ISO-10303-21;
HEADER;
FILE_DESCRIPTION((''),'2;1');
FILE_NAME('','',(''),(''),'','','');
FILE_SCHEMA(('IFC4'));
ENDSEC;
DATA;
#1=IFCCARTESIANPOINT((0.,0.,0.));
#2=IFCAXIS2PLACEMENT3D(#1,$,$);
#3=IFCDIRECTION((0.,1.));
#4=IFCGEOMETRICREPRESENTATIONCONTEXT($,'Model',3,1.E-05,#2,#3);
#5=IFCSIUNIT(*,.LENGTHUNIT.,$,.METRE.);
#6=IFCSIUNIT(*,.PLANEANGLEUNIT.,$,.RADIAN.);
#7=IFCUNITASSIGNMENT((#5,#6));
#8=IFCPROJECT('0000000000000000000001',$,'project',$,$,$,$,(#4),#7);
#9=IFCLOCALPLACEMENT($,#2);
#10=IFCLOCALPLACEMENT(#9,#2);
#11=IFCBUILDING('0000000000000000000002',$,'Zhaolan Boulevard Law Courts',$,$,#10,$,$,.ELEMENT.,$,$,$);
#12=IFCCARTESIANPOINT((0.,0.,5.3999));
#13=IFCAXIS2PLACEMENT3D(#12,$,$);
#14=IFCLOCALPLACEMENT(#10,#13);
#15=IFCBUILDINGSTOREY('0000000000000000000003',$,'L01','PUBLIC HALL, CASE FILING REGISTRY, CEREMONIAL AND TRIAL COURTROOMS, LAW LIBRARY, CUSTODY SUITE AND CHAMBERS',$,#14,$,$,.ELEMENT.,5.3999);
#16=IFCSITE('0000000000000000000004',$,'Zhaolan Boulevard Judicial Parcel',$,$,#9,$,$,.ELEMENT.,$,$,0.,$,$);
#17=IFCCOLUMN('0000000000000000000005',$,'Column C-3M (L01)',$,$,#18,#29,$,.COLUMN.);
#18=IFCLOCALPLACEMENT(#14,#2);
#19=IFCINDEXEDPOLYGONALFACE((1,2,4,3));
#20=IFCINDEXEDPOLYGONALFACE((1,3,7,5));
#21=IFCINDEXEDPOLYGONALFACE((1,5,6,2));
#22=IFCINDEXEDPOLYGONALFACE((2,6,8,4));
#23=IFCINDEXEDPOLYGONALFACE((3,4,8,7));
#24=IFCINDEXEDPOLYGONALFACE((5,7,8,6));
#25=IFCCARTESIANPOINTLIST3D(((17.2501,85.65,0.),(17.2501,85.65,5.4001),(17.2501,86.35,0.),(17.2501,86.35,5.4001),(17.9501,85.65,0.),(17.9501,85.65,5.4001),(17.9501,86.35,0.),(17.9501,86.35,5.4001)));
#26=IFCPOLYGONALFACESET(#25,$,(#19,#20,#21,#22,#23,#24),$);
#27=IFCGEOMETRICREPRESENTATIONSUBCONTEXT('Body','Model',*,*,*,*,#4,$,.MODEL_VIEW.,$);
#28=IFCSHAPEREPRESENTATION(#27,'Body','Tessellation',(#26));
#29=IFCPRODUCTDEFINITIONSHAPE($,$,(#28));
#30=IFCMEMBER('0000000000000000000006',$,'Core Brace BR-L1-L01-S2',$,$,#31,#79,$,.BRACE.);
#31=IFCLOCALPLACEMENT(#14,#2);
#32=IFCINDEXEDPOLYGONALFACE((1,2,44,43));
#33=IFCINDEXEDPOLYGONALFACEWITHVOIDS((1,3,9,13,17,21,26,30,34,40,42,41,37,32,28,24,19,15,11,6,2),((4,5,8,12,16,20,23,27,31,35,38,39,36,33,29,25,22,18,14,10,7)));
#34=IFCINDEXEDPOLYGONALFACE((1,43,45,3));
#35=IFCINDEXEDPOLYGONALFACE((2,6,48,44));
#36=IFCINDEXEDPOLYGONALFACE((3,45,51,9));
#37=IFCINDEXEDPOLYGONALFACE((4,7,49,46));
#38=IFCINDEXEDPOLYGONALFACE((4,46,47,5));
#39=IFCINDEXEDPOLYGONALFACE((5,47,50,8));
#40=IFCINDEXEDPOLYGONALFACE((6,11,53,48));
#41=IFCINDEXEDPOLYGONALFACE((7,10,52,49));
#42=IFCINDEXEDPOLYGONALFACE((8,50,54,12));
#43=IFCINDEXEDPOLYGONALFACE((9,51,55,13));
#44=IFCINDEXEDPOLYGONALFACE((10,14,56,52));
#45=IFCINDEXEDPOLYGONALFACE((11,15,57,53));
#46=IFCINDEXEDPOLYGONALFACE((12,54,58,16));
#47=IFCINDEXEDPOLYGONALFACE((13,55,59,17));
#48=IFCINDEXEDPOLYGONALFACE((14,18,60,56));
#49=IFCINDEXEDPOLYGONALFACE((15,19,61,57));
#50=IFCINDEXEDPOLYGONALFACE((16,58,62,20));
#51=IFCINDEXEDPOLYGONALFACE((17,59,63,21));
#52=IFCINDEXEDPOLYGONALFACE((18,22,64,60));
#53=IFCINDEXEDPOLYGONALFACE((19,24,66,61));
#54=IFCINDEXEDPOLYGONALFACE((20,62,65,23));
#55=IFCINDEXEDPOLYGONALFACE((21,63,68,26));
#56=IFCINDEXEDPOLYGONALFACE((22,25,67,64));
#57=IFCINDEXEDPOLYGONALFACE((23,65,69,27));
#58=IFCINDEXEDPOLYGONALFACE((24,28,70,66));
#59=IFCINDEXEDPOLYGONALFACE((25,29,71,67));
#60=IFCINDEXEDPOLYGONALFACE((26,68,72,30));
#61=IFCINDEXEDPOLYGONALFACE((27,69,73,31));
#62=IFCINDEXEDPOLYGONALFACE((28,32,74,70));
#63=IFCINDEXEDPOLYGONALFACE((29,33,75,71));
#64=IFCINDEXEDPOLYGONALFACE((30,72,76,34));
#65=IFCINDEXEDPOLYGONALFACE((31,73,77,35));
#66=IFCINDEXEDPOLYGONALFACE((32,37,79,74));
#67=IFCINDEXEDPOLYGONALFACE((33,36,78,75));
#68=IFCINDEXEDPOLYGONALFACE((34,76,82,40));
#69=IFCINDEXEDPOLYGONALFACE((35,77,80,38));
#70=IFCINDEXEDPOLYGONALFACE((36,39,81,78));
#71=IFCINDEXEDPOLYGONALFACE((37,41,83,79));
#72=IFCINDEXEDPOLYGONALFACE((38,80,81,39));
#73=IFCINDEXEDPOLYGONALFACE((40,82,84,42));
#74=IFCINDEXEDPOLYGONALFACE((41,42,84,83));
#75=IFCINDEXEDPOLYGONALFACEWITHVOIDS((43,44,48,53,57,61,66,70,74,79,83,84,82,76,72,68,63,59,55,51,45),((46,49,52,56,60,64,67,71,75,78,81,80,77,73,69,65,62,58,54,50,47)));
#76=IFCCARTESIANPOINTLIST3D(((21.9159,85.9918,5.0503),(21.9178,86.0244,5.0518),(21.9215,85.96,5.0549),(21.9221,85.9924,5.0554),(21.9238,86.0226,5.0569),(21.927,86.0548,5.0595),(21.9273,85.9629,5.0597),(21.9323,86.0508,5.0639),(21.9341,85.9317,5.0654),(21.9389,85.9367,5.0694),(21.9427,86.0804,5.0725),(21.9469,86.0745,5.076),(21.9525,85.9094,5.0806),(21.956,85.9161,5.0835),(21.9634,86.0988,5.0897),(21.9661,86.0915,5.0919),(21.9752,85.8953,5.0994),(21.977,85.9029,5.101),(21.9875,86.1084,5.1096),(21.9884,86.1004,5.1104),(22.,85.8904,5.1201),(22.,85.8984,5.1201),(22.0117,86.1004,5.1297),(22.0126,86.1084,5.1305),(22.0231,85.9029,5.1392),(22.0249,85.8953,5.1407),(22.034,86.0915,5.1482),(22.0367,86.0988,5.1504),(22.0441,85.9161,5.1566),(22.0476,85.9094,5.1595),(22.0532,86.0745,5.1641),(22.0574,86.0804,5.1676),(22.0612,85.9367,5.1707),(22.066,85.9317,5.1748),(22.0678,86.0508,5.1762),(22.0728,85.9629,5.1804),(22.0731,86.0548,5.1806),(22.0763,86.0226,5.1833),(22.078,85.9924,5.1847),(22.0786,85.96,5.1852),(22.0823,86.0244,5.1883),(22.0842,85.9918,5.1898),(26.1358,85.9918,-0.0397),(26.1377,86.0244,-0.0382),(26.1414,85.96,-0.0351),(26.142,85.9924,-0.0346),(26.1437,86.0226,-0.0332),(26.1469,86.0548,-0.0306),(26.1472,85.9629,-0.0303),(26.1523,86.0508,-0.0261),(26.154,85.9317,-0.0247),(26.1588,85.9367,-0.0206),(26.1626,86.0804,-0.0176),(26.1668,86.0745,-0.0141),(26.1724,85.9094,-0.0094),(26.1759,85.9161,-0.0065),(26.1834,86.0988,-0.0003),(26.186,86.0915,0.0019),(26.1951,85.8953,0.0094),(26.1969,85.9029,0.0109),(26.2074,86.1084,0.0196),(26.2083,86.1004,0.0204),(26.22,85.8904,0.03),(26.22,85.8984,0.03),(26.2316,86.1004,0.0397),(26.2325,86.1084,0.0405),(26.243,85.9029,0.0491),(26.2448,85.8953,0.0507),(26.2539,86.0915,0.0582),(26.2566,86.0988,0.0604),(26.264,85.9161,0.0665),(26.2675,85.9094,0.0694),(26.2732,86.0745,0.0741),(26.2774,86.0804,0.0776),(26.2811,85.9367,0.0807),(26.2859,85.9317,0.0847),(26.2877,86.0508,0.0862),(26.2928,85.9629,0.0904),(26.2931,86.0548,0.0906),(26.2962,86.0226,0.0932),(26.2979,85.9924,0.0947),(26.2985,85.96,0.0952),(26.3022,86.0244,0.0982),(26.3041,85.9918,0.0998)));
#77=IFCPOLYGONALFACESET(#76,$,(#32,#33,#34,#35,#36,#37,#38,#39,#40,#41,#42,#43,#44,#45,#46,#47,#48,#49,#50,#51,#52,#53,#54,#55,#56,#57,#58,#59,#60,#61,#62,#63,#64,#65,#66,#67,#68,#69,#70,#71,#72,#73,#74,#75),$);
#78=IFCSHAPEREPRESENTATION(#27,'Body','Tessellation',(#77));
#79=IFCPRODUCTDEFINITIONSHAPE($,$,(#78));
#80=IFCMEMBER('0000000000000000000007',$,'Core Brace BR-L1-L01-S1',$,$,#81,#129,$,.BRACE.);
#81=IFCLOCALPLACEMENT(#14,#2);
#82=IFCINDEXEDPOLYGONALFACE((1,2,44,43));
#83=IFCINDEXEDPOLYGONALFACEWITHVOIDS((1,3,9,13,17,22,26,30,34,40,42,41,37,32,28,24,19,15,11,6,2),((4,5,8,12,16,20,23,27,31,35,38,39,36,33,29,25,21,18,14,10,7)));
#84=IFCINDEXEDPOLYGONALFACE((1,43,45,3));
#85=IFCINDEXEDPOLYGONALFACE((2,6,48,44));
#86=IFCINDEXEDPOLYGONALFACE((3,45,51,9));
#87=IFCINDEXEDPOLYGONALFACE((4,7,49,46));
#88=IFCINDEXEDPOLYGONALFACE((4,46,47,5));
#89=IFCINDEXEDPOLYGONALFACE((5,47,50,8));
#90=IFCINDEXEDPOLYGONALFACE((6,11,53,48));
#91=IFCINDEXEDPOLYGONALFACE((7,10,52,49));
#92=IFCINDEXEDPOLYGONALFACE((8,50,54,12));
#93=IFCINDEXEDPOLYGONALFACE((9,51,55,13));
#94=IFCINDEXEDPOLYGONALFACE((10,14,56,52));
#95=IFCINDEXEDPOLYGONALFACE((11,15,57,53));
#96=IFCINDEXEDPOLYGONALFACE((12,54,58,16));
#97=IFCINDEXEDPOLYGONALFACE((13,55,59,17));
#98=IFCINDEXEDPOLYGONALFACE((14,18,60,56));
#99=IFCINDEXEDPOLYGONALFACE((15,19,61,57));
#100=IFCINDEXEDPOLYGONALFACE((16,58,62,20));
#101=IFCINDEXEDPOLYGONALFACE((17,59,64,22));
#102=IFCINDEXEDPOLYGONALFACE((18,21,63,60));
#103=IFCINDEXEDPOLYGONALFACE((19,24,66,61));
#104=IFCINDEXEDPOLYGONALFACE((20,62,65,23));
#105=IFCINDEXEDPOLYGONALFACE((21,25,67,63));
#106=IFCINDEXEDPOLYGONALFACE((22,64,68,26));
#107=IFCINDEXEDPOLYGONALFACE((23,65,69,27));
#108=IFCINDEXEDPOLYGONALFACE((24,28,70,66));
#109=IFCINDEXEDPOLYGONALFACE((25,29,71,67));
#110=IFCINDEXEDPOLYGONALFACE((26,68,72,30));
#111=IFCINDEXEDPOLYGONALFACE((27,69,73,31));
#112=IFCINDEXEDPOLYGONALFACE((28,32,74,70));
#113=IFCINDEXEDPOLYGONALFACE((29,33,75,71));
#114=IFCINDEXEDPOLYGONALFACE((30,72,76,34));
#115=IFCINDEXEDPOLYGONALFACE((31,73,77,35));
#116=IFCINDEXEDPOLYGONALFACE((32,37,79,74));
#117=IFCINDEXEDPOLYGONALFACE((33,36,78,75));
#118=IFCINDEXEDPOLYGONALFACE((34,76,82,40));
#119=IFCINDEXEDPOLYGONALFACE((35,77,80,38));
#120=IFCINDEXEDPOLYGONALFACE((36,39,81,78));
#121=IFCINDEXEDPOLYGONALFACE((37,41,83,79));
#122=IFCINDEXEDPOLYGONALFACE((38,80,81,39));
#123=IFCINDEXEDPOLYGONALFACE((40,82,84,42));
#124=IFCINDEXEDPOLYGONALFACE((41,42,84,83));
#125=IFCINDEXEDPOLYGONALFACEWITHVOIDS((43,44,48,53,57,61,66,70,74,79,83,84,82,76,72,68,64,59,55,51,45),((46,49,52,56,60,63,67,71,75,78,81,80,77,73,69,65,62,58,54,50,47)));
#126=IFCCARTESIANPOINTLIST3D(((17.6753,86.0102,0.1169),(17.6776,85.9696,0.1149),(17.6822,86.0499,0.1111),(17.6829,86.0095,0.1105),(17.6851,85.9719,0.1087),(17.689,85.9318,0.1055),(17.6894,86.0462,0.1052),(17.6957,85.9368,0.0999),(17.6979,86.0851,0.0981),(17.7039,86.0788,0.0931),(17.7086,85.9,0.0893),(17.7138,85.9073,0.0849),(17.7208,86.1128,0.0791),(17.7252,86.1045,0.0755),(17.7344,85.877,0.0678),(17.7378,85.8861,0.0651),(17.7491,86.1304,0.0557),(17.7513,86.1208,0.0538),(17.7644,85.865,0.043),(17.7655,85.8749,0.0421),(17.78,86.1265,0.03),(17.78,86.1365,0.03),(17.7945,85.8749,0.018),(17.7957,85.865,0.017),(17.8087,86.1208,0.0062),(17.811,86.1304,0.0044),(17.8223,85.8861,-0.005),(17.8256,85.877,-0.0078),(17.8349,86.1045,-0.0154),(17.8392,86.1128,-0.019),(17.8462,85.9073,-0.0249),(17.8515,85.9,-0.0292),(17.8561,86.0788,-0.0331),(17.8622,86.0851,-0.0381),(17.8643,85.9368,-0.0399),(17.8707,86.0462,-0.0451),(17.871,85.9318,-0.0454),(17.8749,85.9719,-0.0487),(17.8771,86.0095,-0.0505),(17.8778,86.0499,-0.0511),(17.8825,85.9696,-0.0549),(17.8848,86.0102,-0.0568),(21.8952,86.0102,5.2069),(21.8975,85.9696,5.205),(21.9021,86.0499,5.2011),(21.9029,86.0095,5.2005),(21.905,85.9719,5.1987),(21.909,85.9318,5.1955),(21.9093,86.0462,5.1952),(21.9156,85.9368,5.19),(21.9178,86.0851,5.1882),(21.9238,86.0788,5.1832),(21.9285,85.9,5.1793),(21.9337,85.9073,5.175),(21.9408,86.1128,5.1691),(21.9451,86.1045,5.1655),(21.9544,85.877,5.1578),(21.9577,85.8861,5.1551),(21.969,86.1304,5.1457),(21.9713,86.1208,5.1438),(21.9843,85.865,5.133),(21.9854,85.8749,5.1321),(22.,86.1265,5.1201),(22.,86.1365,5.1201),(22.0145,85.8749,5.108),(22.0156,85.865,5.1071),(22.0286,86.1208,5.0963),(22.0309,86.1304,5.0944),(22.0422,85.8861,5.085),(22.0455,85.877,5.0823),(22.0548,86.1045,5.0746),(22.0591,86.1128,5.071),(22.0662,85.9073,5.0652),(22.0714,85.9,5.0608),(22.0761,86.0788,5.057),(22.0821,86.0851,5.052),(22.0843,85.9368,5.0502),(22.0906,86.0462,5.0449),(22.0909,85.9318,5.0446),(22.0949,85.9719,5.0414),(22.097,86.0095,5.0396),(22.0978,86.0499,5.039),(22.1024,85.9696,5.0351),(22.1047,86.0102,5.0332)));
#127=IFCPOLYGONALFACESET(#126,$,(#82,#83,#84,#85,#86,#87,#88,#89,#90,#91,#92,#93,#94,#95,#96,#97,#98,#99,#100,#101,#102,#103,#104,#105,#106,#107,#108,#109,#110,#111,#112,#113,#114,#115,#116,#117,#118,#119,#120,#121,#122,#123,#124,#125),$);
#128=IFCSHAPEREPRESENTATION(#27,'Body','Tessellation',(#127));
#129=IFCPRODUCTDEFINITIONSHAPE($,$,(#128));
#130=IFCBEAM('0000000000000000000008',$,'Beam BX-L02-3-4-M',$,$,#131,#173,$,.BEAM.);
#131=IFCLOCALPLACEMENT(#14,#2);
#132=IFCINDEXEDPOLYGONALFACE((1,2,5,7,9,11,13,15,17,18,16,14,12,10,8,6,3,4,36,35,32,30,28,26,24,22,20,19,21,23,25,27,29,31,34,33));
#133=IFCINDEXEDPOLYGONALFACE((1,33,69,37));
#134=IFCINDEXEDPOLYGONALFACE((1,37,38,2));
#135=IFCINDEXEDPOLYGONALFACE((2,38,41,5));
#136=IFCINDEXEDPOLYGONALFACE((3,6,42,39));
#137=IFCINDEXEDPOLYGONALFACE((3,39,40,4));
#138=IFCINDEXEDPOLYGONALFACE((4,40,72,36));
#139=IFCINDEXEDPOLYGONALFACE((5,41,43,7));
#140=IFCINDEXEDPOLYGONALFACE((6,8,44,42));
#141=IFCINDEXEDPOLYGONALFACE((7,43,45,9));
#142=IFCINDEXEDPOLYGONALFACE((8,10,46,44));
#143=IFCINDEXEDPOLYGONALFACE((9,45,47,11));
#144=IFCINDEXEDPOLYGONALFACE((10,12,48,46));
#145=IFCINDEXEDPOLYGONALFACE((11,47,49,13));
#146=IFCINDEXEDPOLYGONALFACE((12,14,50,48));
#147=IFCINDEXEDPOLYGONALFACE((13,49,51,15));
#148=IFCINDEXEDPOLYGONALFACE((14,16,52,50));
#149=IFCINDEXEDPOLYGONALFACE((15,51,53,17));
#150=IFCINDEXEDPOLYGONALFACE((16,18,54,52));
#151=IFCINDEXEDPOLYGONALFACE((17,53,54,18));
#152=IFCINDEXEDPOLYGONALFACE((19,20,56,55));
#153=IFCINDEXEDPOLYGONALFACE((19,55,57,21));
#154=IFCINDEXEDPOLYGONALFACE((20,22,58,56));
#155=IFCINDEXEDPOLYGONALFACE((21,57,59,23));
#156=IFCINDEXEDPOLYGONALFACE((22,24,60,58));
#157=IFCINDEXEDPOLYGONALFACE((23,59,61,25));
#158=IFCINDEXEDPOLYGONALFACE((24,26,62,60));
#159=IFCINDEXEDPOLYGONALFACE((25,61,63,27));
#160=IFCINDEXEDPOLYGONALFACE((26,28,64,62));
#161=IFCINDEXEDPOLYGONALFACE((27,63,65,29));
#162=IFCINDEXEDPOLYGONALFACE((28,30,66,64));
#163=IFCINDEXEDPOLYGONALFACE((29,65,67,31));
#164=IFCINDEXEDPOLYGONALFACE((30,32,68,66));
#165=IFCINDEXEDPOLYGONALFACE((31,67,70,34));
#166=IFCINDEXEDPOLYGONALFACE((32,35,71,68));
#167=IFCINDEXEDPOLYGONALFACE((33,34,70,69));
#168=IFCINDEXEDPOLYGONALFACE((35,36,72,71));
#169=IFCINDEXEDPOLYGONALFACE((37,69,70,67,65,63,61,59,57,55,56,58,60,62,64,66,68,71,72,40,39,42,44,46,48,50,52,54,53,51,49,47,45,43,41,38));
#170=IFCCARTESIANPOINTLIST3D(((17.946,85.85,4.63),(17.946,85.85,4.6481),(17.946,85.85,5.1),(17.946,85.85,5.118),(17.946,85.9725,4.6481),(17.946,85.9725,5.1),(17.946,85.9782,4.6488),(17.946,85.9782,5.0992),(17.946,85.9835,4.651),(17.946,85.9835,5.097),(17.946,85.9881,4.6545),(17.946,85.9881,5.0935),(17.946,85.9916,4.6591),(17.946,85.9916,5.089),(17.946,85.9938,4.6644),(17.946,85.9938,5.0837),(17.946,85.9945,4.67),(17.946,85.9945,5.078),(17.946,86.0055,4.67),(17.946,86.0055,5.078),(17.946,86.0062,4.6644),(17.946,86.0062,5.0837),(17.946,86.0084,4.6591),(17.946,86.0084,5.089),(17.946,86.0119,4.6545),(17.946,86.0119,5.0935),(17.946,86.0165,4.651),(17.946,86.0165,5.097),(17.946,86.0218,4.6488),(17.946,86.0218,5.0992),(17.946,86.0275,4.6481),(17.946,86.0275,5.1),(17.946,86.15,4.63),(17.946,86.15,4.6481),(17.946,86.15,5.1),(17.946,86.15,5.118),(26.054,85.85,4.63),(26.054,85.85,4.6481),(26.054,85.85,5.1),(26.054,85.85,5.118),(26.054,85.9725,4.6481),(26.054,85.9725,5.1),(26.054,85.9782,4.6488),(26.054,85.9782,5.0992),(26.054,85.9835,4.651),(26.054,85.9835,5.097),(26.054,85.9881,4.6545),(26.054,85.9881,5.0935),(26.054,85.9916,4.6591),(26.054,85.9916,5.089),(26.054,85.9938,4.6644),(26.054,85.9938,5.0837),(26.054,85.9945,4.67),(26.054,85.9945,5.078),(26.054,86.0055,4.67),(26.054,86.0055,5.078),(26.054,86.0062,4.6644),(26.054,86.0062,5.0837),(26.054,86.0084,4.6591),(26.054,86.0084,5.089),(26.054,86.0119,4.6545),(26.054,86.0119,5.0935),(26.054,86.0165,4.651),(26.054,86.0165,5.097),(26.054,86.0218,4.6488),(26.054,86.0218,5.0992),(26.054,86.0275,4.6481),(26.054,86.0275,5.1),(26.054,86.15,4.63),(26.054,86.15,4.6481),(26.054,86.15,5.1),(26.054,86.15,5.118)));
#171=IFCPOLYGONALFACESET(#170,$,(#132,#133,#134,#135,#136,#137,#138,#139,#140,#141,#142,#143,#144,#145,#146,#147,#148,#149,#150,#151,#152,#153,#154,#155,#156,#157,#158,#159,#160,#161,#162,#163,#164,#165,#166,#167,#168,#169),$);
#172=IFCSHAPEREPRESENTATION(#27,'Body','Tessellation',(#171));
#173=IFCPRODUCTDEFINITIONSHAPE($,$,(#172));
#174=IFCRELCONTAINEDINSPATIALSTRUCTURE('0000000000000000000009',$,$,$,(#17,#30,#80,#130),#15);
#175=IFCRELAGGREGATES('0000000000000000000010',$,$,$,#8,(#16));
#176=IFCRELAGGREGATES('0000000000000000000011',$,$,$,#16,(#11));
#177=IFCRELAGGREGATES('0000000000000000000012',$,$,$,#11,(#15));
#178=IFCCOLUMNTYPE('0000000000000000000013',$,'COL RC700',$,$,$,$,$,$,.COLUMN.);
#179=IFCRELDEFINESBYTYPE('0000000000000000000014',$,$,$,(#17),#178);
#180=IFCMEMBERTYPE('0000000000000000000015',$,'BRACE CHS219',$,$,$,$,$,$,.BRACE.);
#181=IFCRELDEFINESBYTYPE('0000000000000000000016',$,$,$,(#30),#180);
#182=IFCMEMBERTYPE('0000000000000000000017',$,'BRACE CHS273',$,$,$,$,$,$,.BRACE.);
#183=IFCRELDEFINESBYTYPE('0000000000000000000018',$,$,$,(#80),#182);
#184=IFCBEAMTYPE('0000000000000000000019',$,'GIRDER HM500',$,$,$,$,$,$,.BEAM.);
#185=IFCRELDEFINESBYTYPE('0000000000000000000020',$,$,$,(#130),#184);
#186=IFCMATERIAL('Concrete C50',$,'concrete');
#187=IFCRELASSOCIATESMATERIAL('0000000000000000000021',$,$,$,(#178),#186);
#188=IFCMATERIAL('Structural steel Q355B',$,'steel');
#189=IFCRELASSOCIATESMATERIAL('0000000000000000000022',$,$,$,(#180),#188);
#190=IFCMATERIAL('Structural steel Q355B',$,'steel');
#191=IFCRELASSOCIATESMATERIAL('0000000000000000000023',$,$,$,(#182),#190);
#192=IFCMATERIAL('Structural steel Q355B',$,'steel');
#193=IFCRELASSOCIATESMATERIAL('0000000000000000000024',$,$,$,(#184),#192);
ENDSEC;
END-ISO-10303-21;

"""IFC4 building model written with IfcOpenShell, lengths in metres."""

from ifc_helpers import new_model, si_unit, direction, frame, origin, origin_2d, place, context, subcontext, project, spatial, rectangle, hollow_circle, i_section, extrude, material, material_profile, profile_set, type_object, element, save


model = new_model("IFC4")

# Units and contexts
model_context = context("Model", 3, precision=1e-05, world=origin(), true_north=direction((0.0, 1.0)))
body_context = subcontext(model_context, "Body", "Model", "MODEL_VIEW")
ifc_project = project(units=[si_unit("LENGTHUNIT", "METRE"), si_unit("PLANEANGLEUNIT", "RADIAN")], contexts=[model_context])

# Site, building, storey
site_placement = place(None, origin())
site = spatial("IfcSite", under=ifc_project, at=site_placement, Name="Zhaolan Boulevard Judicial Parcel", CompositionType="ELEMENT", RefElevation=0.0)
building_placement = place(site_placement, origin())
building = spatial("IfcBuilding", under=site, at=building_placement, Name="Zhaolan Boulevard Law Courts", CompositionType="ELEMENT")
storey_placement = place(building_placement, frame((0.0, 0.0, 5.3999)))
storey = spatial("IfcBuildingStorey", under=building, at=storey_placement, Name="L01", Description="PUBLIC HALL, CASE FILING REGISTRY, CEREMONIAL AND TRIAL COURTROOMS, LAW LIBRARY, CUSTODY SUITE AND CHAMBERS", CompositionType="ELEMENT", Elevation=5.3999)

# Column
ifc_material_1 = material(Name="Concrete C50", Category="concrete")
ifc_material_profile_1 = material_profile(ifc_material_1, rectangle(XDim=0.7, YDim=0.7, at=origin_2d()), Name="RC700x700")
ifc_profile_set_1 = profile_set([ifc_material_profile_1], Name="Concrete C50")
column_type = type_object("IfcColumnType", Name="COL RC700", PredefinedType="COLUMN", material=ifc_profile_set_1)
column_placement = place(storey_placement, frame((17.6001, 86.0, 0.0), z_axis=(0.0, 0.0, 1.0), x_axis=(1.0, 0.0, 0.0)))
element("IfcColumn", 1, at=column_placement, inside=storey, type_object=column_type, Name="Column C-3M (L01)", PredefinedType="COLUMN", context=body_context, shape_type="SweptSolid", body=[
    extrude(rectangle(XDim=0.7, YDim=0.7, at=origin_2d()), origin(), (0.0, 0.0, 1.0), 5.4001),
])

# Members
ifc_material_2 = material(Name="Structural steel Q355B", Category="steel")
ifc_material_profile_2 = material_profile(ifc_material_2, hollow_circle(Radius=0.1096, WallThickness=0.0081, at=origin_2d()), Name="CHS219x8")
ifc_profile_set_2 = profile_set([ifc_material_profile_2], Name="Structural steel Q355B")
member_type_1 = type_object("IfcMemberType", Name="BRACE CHS219", PredefinedType="BRACE", material=ifc_profile_set_2)
member_1_placement = place(storey_placement, frame((26.22, 86.0, 0.03), z_axis=(-0.638239, 0.0, 0.769838), x_axis=(0.0, -1.0, 0.0)))
element("IfcMember", 2, at=member_1_placement, inside=storey, type_object=member_type_1, Name="Core Brace BR-L1-L01-S2", PredefinedType="BRACE", context=body_context, shape_type="SweptSolid", body=[
    extrude(hollow_circle(Radius=0.1096, WallThickness=0.0081, at=origin_2d()), origin(), (0.0, 0.0, 1.0), 6.6118),
])
ifc_material_3 = material(Name="Structural steel Q355B", Category="steel")
ifc_material_profile_3 = material_profile(ifc_material_3, hollow_circle(Radius=0.1365, WallThickness=0.01, at=origin_2d()), Name="CHS273x10")
ifc_profile_set_3 = profile_set([ifc_material_profile_3], Name="Structural steel Q355B")
member_type_2 = type_object("IfcMemberType", Name="BRACE CHS273", PredefinedType="BRACE", material=ifc_profile_set_3)
member_2_placement = place(storey_placement, frame((17.78, 86.0, 0.03), z_axis=(0.638239, 0.0, 0.769838), x_axis=(0.0, 1.0, 0.0)))
element("IfcMember", 3, at=member_2_placement, inside=storey, type_object=member_type_2, Name="Core Brace BR-L1-L01-S1", PredefinedType="BRACE", context=body_context, shape_type="SweptSolid", body=[
    extrude(hollow_circle(Radius=0.1365, WallThickness=0.01, at=origin_2d()), origin(), (0.0, 0.0, 1.0), 6.6118),
])

# Beam
ifc_material_4 = material(Name="Structural steel Q355B", Category="steel")
ifc_material_profile_4 = material_profile(ifc_material_4, i_section(OverallWidth=0.3, OverallDepth=0.488, WebThickness=0.011, FlangeThickness=0.0181, FilletRadius=0.022, at=origin_2d()), Name="HM488x300")
ifc_profile_set_4 = profile_set([ifc_material_profile_4], Name="Structural steel Q355B")
beam_type_1 = type_object("IfcBeamType", Name="GIRDER HM500", PredefinedType="BEAM", material=ifc_profile_set_4)
beam_1_placement = place(storey_placement, frame((17.946, 86.0, 4.874), z_axis=(1.0, 0.0, 0.0), x_axis=(0.0, 1.0, 0.0)))
element("IfcBeam", 4, at=beam_1_placement, inside=storey, type_object=beam_type_1, Name="Beam BX-L02-3-4-M", PredefinedType="BEAM", context=body_context, shape_type="SweptSolid", body=[
    extrude(i_section(OverallWidth=0.3, OverallDepth=0.488, WebThickness=0.011, FlangeThickness=0.0181, FilletRadius=0.022, at=origin_2d()), origin(), (0.0, 0.0, 1.0), 8.1079),
])

save(model, "model.ifc")
